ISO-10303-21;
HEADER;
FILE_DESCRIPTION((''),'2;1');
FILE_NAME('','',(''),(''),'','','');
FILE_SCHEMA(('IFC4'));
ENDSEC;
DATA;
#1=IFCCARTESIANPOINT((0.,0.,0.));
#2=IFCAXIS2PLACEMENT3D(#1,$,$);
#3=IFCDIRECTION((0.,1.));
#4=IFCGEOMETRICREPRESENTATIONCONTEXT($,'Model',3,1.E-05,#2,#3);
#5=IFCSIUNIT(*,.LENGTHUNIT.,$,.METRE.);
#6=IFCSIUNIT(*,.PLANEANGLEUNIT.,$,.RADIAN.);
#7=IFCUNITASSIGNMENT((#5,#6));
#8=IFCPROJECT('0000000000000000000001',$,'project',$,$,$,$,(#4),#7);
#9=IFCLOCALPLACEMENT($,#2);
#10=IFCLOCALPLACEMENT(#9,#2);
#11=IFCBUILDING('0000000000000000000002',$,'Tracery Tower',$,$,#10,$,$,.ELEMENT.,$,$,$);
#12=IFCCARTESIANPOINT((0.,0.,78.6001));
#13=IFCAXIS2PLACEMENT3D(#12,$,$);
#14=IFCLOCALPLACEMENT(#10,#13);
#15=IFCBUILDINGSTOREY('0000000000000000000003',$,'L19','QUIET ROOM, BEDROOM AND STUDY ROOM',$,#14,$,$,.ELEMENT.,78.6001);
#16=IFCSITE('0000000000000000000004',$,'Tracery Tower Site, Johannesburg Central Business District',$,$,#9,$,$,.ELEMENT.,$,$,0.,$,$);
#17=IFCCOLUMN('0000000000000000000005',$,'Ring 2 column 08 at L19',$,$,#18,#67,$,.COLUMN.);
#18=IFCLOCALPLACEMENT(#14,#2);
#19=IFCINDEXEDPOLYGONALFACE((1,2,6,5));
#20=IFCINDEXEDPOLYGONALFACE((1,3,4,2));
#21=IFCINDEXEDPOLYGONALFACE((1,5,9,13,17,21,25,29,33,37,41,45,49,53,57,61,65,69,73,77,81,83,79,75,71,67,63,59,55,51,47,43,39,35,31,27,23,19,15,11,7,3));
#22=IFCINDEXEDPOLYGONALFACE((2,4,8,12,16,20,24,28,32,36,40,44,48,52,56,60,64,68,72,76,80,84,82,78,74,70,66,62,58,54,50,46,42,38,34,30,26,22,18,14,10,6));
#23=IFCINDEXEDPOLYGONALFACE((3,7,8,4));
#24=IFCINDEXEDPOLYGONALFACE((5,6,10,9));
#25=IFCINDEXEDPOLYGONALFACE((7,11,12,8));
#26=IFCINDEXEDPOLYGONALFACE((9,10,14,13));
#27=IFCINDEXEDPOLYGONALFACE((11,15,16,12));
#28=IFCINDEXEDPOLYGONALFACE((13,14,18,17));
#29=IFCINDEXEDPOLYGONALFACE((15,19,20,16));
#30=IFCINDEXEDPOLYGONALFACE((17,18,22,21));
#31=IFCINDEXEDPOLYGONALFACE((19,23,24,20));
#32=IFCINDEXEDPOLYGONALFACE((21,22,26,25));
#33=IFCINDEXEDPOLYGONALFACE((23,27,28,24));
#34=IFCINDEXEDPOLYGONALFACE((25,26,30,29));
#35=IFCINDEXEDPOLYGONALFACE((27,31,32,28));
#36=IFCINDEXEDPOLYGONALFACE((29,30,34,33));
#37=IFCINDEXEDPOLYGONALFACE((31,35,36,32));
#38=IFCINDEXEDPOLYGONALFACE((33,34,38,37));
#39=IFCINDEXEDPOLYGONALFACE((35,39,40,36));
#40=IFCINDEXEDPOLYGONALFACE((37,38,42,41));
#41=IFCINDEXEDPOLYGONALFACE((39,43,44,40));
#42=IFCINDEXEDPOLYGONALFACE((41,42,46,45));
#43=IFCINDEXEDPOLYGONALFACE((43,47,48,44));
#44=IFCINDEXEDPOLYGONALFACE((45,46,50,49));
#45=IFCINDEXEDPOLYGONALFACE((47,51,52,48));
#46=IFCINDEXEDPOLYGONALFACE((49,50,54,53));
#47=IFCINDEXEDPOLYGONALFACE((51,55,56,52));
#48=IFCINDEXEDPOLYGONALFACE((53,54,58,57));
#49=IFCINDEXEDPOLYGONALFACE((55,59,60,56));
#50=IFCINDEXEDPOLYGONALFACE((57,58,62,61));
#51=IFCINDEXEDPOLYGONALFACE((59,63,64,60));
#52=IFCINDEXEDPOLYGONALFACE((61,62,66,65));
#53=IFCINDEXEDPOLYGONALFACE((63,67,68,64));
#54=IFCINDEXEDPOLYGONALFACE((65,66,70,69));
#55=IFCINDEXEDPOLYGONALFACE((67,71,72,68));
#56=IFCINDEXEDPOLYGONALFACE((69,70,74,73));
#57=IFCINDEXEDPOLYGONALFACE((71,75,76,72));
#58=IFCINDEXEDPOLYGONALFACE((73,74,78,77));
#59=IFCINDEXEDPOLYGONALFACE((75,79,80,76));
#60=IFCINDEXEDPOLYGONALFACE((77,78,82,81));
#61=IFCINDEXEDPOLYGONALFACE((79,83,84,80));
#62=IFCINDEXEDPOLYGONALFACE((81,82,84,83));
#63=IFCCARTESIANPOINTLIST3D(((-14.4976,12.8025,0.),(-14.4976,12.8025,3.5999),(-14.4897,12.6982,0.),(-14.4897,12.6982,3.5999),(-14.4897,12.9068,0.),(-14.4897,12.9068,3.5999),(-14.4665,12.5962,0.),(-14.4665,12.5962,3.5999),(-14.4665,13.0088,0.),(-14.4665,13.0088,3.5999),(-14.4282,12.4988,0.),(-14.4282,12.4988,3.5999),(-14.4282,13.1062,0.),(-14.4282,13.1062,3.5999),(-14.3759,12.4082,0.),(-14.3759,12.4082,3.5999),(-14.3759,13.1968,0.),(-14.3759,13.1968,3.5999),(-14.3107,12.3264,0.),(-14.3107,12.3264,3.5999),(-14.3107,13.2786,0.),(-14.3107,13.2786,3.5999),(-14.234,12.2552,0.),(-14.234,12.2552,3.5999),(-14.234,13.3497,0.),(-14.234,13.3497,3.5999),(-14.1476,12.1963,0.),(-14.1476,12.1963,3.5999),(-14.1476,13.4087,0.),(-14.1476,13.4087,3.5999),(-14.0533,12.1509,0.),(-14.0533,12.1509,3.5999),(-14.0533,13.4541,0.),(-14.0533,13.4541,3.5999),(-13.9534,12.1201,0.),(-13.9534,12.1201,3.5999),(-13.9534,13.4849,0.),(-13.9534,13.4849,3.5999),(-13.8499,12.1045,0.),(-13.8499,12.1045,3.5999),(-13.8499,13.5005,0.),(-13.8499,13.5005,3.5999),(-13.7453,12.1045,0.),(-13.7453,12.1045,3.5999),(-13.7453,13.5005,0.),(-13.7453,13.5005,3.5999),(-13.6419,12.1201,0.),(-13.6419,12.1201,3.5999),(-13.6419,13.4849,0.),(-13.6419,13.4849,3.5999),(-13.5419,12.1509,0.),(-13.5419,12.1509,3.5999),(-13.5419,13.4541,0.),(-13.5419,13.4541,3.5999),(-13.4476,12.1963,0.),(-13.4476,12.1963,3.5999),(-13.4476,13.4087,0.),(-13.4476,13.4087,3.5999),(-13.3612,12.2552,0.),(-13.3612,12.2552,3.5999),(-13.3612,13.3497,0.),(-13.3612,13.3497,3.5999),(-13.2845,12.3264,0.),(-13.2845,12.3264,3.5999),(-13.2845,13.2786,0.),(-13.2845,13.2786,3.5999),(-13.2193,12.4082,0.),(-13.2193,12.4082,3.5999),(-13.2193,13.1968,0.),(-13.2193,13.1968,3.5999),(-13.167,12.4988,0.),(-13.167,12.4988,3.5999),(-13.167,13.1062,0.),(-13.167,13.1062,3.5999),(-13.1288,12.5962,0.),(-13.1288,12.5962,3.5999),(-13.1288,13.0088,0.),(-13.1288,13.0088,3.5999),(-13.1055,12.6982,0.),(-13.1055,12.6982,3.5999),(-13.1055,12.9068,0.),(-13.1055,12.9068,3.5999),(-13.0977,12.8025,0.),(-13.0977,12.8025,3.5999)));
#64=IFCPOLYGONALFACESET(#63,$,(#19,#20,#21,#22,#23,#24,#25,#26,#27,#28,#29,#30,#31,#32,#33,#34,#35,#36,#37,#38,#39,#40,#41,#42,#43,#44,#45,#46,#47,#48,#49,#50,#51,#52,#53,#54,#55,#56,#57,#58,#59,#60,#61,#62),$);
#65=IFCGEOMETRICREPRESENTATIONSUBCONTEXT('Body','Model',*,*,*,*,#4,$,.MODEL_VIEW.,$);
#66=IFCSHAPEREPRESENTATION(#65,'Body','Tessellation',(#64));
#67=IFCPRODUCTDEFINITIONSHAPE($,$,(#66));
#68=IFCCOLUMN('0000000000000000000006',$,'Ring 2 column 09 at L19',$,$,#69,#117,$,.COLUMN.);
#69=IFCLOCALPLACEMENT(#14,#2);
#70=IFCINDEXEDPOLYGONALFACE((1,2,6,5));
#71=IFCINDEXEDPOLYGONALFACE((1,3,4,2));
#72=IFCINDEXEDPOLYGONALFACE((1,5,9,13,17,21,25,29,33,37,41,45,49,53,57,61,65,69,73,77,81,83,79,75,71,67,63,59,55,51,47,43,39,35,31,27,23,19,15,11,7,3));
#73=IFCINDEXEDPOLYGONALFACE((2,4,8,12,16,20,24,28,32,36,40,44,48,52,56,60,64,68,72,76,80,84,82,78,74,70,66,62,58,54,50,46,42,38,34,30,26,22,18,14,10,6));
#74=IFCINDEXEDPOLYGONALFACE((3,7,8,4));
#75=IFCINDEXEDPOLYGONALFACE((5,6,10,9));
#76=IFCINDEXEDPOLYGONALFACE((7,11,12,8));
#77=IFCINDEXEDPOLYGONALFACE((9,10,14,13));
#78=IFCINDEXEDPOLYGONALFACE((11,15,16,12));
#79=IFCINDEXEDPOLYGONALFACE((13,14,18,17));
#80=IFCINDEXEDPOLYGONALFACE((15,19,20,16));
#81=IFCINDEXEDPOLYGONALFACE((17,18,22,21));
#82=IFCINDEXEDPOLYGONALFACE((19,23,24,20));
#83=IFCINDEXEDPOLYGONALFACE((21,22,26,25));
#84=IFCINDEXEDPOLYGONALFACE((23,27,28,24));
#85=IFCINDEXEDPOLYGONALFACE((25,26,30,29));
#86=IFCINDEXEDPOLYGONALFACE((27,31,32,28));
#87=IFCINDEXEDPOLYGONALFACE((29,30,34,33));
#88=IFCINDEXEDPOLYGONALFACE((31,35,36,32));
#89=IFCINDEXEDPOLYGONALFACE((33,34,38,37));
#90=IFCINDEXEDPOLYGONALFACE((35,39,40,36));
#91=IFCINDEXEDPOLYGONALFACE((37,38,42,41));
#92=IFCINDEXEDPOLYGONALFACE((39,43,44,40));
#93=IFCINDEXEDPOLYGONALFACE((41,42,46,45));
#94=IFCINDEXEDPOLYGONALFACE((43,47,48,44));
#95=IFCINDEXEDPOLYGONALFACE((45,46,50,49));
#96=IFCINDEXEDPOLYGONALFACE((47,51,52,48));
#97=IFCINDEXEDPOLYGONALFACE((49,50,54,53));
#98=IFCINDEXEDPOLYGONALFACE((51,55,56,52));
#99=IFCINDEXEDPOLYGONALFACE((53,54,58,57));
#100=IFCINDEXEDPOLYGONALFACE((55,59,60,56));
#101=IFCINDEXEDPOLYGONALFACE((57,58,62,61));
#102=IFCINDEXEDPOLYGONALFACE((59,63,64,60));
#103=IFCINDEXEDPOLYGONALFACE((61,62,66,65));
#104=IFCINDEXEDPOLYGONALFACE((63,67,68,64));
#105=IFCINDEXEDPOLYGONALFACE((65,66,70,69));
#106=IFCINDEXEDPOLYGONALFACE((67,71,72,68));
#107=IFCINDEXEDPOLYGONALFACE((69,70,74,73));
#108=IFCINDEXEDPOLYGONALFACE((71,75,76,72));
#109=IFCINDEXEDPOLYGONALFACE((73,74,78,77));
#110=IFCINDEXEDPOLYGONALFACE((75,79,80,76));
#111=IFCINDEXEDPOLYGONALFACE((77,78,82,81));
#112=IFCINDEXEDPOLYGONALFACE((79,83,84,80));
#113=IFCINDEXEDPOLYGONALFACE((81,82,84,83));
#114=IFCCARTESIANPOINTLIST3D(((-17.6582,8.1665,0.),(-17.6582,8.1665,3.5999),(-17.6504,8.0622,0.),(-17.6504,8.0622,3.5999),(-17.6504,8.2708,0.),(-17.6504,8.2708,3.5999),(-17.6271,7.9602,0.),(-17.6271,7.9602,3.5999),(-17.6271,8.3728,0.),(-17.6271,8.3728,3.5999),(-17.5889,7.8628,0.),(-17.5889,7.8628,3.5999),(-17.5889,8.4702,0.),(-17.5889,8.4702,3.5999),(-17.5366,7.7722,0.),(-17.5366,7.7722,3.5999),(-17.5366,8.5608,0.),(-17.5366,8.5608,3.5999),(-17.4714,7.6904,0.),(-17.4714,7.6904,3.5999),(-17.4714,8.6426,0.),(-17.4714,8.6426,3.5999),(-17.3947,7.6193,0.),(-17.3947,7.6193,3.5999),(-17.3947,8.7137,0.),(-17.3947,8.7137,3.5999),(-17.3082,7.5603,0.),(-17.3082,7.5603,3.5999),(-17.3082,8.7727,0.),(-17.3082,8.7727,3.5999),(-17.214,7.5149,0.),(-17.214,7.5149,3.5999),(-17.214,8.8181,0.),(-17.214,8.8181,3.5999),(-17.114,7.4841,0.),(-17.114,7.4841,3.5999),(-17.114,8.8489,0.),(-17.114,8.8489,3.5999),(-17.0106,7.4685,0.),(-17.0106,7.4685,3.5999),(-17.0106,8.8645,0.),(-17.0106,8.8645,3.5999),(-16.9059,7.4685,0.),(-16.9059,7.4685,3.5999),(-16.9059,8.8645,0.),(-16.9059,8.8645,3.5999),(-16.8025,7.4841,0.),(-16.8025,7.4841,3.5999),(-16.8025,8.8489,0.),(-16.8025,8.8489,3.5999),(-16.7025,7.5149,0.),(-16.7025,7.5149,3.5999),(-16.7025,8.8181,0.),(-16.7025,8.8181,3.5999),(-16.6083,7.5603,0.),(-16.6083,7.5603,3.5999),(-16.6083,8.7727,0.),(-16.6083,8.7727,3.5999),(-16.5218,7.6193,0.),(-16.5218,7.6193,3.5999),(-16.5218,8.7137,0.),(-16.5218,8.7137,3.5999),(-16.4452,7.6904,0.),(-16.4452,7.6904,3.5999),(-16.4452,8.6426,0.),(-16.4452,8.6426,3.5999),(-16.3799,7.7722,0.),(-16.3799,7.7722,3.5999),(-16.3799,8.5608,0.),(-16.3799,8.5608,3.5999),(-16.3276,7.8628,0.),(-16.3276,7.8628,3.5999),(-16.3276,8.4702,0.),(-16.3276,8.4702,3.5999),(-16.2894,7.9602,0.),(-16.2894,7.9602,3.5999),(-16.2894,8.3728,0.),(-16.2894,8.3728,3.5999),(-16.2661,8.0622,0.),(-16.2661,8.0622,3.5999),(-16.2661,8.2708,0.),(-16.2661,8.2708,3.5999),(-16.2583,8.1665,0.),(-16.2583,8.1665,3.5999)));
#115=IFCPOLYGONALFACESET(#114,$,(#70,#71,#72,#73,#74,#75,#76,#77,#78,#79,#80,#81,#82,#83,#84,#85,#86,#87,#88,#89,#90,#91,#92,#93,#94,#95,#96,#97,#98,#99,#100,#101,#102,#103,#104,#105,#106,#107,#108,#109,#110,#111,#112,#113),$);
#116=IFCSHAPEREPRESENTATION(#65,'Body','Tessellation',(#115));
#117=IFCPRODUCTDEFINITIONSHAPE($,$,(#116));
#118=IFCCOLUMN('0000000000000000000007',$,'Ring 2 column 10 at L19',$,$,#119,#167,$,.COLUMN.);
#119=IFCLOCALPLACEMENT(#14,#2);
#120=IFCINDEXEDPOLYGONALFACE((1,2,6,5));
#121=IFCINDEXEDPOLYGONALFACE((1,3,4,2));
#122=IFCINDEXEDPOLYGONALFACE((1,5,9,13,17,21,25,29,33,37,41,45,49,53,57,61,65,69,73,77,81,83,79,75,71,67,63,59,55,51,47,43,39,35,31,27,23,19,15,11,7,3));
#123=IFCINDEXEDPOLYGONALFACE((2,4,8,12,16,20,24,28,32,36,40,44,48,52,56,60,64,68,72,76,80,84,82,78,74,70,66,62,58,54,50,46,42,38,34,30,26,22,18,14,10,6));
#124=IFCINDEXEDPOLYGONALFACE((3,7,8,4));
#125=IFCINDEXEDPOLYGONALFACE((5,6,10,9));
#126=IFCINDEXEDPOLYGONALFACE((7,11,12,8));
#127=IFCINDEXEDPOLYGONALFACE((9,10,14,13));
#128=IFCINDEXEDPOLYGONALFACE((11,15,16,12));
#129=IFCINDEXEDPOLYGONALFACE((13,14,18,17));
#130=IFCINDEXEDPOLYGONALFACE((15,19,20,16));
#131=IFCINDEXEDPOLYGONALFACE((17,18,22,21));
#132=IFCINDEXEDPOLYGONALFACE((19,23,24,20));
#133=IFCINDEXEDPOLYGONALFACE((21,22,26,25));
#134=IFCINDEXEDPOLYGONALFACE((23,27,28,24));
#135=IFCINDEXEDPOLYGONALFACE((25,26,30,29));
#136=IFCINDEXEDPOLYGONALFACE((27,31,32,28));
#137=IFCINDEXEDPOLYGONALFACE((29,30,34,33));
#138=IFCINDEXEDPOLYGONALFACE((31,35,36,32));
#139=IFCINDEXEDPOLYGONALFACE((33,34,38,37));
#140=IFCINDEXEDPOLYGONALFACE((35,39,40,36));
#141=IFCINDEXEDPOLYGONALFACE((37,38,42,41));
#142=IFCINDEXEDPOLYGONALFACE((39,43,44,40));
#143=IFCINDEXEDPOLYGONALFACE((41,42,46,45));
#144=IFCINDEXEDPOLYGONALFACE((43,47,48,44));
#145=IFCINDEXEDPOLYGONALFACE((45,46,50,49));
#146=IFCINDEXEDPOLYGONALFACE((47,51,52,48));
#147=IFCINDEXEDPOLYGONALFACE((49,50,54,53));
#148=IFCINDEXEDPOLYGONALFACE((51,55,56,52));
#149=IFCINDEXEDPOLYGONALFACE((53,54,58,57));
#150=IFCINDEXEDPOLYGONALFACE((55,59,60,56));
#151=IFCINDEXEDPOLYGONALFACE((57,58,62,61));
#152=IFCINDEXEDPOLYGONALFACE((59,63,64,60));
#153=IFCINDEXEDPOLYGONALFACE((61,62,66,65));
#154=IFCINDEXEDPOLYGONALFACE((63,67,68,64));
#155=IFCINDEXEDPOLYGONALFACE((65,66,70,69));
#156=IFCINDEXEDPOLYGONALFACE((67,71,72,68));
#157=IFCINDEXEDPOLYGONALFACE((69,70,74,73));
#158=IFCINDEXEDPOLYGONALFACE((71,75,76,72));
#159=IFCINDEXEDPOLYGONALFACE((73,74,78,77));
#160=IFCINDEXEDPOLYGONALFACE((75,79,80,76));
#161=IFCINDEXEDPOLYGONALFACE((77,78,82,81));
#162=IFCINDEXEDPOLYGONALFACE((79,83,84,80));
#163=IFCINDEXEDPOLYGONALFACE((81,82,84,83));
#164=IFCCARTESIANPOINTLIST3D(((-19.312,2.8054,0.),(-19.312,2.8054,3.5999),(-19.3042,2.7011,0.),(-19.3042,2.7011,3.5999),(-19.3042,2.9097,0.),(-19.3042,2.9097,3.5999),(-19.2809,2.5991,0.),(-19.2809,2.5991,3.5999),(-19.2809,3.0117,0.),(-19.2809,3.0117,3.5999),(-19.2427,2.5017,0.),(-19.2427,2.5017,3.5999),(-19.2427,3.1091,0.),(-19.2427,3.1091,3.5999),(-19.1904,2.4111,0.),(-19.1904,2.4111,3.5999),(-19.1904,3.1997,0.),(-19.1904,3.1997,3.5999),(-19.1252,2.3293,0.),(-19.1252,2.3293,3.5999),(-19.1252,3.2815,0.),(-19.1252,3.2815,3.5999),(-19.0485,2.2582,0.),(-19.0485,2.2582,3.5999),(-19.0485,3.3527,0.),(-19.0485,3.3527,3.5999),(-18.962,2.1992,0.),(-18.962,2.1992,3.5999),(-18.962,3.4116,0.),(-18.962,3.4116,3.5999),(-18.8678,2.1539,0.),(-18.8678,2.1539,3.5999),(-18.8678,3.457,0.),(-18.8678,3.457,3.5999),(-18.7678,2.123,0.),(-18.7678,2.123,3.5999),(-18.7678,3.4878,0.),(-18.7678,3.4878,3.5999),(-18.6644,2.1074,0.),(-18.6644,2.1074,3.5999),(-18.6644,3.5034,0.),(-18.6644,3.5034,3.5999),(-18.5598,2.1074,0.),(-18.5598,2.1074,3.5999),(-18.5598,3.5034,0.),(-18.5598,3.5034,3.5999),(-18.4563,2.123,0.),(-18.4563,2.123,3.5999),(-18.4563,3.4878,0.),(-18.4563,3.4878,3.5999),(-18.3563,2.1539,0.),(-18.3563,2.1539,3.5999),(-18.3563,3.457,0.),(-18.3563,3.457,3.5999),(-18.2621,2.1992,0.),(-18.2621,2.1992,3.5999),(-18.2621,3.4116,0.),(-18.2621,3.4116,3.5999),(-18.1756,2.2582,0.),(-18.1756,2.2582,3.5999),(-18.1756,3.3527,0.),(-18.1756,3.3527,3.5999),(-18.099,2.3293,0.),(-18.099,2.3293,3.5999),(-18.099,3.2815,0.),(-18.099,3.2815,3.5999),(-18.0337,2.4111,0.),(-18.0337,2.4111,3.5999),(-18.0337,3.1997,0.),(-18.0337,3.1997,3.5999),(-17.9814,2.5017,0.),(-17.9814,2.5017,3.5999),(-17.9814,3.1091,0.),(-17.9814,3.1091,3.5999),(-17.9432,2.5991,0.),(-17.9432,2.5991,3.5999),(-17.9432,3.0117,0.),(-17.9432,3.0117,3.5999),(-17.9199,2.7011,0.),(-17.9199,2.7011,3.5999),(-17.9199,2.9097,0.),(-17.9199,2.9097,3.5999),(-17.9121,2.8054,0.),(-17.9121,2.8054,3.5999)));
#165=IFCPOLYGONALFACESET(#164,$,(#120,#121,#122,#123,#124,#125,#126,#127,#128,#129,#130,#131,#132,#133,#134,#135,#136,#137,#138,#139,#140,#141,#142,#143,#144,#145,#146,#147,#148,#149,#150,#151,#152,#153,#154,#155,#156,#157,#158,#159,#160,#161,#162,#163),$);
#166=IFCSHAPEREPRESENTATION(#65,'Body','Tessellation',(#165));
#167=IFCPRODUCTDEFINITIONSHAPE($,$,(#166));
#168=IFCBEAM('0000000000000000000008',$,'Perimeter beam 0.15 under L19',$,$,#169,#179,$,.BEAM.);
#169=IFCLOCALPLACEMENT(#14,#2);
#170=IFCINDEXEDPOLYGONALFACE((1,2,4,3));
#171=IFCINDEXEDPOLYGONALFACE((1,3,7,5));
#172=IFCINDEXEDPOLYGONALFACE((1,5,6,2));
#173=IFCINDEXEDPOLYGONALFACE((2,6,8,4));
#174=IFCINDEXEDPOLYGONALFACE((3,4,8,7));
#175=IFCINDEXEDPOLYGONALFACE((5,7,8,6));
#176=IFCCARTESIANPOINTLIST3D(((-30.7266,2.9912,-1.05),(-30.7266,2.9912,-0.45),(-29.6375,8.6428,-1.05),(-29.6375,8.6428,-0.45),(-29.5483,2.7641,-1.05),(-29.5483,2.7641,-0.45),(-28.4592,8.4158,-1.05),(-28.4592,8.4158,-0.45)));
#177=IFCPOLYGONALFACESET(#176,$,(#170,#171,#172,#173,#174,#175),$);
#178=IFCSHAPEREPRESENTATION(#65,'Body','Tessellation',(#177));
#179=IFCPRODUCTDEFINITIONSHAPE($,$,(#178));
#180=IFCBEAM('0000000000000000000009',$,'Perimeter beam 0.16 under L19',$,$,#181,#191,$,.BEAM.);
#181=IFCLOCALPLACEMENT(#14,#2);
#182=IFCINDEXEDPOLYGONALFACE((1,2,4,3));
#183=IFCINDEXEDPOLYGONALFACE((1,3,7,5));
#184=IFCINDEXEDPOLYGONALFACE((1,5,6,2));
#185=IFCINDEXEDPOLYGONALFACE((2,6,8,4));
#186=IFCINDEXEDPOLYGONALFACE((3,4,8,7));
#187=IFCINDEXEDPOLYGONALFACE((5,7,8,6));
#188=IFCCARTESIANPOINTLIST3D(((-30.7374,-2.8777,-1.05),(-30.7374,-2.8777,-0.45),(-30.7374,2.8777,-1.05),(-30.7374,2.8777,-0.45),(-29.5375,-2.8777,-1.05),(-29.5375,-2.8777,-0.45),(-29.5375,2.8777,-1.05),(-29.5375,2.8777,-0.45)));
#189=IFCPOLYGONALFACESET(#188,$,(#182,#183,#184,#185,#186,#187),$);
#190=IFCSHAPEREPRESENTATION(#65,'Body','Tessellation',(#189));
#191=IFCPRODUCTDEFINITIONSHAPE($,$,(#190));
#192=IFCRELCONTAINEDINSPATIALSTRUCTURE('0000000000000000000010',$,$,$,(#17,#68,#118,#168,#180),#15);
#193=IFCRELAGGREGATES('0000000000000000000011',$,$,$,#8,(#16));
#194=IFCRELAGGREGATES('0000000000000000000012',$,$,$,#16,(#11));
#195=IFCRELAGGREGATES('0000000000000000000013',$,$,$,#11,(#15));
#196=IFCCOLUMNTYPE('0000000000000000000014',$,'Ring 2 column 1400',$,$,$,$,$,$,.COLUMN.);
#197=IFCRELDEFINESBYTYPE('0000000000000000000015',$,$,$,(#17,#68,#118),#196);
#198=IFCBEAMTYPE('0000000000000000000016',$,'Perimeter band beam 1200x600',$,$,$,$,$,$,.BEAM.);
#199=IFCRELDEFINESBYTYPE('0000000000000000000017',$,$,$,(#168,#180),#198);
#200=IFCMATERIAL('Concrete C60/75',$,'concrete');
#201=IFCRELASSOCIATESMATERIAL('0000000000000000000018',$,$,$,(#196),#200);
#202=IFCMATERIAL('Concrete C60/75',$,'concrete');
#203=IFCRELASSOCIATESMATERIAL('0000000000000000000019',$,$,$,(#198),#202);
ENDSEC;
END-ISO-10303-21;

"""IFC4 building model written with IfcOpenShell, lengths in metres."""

from ifc_helpers import new_model, si_unit, direction, frame, origin, origin_2d, place, context, subcontext, project, spatial, rectangle, circle, extrude, material, material_profile, profile_set, type_object, element, save


model = new_model("IFC4")

# Units and contexts
model_context = context("Model", 3, precision=1e-05, world=origin(), true_north=direction((0.0, 1.0)))
body_context = subcontext(model_context, "Body", "Model", "MODEL_VIEW")
ifc_project = project(units=[si_unit("LENGTHUNIT", "METRE"), si_unit("PLANEANGLEUNIT", "RADIAN")], contexts=[model_context])

# Site, building, storey
site_placement = place(None, origin())
site = spatial("IfcSite", under=ifc_project, at=site_placement, Name="Tracery Tower Site, Johannesburg Central Business District", CompositionType="ELEMENT", RefElevation=0.0)
building_placement = place(site_placement, origin())
building = spatial("IfcBuilding", under=site, at=building_placement, Name="Tracery Tower", CompositionType="ELEMENT")
storey_placement = place(building_placement, frame((0.0, 0.0, 78.6001)))
storey = spatial("IfcBuildingStorey", under=building, at=storey_placement, Name="L19", Description="QUIET ROOM, BEDROOM AND STUDY ROOM", CompositionType="ELEMENT", Elevation=78.6001)

# Columns
ifc_material_1 = material(Name="Concrete C60/75", Category="concrete")
ifc_material_profile_1 = material_profile(ifc_material_1, circle(Radius=0.7, at=origin_2d()), Name="RC D1400")
ifc_profile_set_1 = profile_set([ifc_material_profile_1], Name="Concrete C60/75")
column_type_1 = type_object("IfcColumnType", Name="Ring 2 column 1400", PredefinedType="COLUMN", material=ifc_profile_set_1)
for number, where, z_axis, x_axis, name in (
    (1, (-13.7976, 12.8025, 0.0), (0.0, 0.0, 1.0), (1.0, 0.0, 0.0), "Ring 2 column 08 at L19"),
    (2, (-16.9583, 8.1665, 0.0), (0.0, 0.0, 1.0), (1.0, 0.0, 0.0), "Ring 2 column 09 at L19"),
    (3, (-18.6121, 2.8054, 0.0), (0.0, 0.0, 1.0), (1.0, 0.0, 0.0), "Ring 2 column 10 at L19"),
):
    element("IfcColumn", number, at=place(storey_placement, frame(where, z_axis=z_axis, x_axis=x_axis)), inside=storey, type_object=column_type_1, Name=name, PredefinedType="COLUMN", context=body_context, shape_type="SweptSolid", body=[
        extrude(circle(Radius=0.7, at=origin_2d()), origin(), (0.0, 0.0, 1.0), 3.5999),
    ])

# Beams
ifc_material_2 = material(Name="Concrete C60/75", Category="concrete")
ifc_material_profile_2 = material_profile(ifc_material_2, rectangle(XDim=1.2, YDim=0.6001, at=origin_2d()), Name="RC 1200x600")
ifc_profile_set_2 = profile_set([ifc_material_profile_2], Name="Concrete C60/75")
beam_type = type_object("IfcBeamType", Name="Perimeter band beam 1200x600", PredefinedType="BEAM", material=ifc_profile_set_2)
beam_1_placement = place(storey_placement, frame((-29.0483, 8.5293, -0.75), z_axis=(-0.189227, -0.981933, 0.0), x_axis=(0.981933, -0.189227, 0.0)))
element("IfcBeam", 4, at=beam_1_placement, inside=storey, type_object=beam_type, Name="Perimeter beam 0.15 under L19", PredefinedType="BEAM", context=body_context, shape_type="SweptSolid", body=[
    extrude(rectangle(XDim=1.2, YDim=0.6001, at=origin_2d()), origin(), (0.0, 0.0, 1.0), 5.7556),
])
beam_2_placement = place(storey_placement, frame((-30.1375, 2.8777, -0.75), z_axis=(0.0, -1.0, 0.0), x_axis=(1.0, 0.0, 0.0)))
element("IfcBeam", 5, at=beam_2_placement, inside=storey, type_object=beam_type, Name="Perimeter beam 0.16 under L19", PredefinedType="BEAM", context=body_context, shape_type="SweptSolid", body=[
    extrude(rectangle(XDim=1.2, YDim=0.6001, at=origin_2d()), origin(), (0.0, 0.0, 1.0), 5.7554),
])

save(model, "model.ifc")
